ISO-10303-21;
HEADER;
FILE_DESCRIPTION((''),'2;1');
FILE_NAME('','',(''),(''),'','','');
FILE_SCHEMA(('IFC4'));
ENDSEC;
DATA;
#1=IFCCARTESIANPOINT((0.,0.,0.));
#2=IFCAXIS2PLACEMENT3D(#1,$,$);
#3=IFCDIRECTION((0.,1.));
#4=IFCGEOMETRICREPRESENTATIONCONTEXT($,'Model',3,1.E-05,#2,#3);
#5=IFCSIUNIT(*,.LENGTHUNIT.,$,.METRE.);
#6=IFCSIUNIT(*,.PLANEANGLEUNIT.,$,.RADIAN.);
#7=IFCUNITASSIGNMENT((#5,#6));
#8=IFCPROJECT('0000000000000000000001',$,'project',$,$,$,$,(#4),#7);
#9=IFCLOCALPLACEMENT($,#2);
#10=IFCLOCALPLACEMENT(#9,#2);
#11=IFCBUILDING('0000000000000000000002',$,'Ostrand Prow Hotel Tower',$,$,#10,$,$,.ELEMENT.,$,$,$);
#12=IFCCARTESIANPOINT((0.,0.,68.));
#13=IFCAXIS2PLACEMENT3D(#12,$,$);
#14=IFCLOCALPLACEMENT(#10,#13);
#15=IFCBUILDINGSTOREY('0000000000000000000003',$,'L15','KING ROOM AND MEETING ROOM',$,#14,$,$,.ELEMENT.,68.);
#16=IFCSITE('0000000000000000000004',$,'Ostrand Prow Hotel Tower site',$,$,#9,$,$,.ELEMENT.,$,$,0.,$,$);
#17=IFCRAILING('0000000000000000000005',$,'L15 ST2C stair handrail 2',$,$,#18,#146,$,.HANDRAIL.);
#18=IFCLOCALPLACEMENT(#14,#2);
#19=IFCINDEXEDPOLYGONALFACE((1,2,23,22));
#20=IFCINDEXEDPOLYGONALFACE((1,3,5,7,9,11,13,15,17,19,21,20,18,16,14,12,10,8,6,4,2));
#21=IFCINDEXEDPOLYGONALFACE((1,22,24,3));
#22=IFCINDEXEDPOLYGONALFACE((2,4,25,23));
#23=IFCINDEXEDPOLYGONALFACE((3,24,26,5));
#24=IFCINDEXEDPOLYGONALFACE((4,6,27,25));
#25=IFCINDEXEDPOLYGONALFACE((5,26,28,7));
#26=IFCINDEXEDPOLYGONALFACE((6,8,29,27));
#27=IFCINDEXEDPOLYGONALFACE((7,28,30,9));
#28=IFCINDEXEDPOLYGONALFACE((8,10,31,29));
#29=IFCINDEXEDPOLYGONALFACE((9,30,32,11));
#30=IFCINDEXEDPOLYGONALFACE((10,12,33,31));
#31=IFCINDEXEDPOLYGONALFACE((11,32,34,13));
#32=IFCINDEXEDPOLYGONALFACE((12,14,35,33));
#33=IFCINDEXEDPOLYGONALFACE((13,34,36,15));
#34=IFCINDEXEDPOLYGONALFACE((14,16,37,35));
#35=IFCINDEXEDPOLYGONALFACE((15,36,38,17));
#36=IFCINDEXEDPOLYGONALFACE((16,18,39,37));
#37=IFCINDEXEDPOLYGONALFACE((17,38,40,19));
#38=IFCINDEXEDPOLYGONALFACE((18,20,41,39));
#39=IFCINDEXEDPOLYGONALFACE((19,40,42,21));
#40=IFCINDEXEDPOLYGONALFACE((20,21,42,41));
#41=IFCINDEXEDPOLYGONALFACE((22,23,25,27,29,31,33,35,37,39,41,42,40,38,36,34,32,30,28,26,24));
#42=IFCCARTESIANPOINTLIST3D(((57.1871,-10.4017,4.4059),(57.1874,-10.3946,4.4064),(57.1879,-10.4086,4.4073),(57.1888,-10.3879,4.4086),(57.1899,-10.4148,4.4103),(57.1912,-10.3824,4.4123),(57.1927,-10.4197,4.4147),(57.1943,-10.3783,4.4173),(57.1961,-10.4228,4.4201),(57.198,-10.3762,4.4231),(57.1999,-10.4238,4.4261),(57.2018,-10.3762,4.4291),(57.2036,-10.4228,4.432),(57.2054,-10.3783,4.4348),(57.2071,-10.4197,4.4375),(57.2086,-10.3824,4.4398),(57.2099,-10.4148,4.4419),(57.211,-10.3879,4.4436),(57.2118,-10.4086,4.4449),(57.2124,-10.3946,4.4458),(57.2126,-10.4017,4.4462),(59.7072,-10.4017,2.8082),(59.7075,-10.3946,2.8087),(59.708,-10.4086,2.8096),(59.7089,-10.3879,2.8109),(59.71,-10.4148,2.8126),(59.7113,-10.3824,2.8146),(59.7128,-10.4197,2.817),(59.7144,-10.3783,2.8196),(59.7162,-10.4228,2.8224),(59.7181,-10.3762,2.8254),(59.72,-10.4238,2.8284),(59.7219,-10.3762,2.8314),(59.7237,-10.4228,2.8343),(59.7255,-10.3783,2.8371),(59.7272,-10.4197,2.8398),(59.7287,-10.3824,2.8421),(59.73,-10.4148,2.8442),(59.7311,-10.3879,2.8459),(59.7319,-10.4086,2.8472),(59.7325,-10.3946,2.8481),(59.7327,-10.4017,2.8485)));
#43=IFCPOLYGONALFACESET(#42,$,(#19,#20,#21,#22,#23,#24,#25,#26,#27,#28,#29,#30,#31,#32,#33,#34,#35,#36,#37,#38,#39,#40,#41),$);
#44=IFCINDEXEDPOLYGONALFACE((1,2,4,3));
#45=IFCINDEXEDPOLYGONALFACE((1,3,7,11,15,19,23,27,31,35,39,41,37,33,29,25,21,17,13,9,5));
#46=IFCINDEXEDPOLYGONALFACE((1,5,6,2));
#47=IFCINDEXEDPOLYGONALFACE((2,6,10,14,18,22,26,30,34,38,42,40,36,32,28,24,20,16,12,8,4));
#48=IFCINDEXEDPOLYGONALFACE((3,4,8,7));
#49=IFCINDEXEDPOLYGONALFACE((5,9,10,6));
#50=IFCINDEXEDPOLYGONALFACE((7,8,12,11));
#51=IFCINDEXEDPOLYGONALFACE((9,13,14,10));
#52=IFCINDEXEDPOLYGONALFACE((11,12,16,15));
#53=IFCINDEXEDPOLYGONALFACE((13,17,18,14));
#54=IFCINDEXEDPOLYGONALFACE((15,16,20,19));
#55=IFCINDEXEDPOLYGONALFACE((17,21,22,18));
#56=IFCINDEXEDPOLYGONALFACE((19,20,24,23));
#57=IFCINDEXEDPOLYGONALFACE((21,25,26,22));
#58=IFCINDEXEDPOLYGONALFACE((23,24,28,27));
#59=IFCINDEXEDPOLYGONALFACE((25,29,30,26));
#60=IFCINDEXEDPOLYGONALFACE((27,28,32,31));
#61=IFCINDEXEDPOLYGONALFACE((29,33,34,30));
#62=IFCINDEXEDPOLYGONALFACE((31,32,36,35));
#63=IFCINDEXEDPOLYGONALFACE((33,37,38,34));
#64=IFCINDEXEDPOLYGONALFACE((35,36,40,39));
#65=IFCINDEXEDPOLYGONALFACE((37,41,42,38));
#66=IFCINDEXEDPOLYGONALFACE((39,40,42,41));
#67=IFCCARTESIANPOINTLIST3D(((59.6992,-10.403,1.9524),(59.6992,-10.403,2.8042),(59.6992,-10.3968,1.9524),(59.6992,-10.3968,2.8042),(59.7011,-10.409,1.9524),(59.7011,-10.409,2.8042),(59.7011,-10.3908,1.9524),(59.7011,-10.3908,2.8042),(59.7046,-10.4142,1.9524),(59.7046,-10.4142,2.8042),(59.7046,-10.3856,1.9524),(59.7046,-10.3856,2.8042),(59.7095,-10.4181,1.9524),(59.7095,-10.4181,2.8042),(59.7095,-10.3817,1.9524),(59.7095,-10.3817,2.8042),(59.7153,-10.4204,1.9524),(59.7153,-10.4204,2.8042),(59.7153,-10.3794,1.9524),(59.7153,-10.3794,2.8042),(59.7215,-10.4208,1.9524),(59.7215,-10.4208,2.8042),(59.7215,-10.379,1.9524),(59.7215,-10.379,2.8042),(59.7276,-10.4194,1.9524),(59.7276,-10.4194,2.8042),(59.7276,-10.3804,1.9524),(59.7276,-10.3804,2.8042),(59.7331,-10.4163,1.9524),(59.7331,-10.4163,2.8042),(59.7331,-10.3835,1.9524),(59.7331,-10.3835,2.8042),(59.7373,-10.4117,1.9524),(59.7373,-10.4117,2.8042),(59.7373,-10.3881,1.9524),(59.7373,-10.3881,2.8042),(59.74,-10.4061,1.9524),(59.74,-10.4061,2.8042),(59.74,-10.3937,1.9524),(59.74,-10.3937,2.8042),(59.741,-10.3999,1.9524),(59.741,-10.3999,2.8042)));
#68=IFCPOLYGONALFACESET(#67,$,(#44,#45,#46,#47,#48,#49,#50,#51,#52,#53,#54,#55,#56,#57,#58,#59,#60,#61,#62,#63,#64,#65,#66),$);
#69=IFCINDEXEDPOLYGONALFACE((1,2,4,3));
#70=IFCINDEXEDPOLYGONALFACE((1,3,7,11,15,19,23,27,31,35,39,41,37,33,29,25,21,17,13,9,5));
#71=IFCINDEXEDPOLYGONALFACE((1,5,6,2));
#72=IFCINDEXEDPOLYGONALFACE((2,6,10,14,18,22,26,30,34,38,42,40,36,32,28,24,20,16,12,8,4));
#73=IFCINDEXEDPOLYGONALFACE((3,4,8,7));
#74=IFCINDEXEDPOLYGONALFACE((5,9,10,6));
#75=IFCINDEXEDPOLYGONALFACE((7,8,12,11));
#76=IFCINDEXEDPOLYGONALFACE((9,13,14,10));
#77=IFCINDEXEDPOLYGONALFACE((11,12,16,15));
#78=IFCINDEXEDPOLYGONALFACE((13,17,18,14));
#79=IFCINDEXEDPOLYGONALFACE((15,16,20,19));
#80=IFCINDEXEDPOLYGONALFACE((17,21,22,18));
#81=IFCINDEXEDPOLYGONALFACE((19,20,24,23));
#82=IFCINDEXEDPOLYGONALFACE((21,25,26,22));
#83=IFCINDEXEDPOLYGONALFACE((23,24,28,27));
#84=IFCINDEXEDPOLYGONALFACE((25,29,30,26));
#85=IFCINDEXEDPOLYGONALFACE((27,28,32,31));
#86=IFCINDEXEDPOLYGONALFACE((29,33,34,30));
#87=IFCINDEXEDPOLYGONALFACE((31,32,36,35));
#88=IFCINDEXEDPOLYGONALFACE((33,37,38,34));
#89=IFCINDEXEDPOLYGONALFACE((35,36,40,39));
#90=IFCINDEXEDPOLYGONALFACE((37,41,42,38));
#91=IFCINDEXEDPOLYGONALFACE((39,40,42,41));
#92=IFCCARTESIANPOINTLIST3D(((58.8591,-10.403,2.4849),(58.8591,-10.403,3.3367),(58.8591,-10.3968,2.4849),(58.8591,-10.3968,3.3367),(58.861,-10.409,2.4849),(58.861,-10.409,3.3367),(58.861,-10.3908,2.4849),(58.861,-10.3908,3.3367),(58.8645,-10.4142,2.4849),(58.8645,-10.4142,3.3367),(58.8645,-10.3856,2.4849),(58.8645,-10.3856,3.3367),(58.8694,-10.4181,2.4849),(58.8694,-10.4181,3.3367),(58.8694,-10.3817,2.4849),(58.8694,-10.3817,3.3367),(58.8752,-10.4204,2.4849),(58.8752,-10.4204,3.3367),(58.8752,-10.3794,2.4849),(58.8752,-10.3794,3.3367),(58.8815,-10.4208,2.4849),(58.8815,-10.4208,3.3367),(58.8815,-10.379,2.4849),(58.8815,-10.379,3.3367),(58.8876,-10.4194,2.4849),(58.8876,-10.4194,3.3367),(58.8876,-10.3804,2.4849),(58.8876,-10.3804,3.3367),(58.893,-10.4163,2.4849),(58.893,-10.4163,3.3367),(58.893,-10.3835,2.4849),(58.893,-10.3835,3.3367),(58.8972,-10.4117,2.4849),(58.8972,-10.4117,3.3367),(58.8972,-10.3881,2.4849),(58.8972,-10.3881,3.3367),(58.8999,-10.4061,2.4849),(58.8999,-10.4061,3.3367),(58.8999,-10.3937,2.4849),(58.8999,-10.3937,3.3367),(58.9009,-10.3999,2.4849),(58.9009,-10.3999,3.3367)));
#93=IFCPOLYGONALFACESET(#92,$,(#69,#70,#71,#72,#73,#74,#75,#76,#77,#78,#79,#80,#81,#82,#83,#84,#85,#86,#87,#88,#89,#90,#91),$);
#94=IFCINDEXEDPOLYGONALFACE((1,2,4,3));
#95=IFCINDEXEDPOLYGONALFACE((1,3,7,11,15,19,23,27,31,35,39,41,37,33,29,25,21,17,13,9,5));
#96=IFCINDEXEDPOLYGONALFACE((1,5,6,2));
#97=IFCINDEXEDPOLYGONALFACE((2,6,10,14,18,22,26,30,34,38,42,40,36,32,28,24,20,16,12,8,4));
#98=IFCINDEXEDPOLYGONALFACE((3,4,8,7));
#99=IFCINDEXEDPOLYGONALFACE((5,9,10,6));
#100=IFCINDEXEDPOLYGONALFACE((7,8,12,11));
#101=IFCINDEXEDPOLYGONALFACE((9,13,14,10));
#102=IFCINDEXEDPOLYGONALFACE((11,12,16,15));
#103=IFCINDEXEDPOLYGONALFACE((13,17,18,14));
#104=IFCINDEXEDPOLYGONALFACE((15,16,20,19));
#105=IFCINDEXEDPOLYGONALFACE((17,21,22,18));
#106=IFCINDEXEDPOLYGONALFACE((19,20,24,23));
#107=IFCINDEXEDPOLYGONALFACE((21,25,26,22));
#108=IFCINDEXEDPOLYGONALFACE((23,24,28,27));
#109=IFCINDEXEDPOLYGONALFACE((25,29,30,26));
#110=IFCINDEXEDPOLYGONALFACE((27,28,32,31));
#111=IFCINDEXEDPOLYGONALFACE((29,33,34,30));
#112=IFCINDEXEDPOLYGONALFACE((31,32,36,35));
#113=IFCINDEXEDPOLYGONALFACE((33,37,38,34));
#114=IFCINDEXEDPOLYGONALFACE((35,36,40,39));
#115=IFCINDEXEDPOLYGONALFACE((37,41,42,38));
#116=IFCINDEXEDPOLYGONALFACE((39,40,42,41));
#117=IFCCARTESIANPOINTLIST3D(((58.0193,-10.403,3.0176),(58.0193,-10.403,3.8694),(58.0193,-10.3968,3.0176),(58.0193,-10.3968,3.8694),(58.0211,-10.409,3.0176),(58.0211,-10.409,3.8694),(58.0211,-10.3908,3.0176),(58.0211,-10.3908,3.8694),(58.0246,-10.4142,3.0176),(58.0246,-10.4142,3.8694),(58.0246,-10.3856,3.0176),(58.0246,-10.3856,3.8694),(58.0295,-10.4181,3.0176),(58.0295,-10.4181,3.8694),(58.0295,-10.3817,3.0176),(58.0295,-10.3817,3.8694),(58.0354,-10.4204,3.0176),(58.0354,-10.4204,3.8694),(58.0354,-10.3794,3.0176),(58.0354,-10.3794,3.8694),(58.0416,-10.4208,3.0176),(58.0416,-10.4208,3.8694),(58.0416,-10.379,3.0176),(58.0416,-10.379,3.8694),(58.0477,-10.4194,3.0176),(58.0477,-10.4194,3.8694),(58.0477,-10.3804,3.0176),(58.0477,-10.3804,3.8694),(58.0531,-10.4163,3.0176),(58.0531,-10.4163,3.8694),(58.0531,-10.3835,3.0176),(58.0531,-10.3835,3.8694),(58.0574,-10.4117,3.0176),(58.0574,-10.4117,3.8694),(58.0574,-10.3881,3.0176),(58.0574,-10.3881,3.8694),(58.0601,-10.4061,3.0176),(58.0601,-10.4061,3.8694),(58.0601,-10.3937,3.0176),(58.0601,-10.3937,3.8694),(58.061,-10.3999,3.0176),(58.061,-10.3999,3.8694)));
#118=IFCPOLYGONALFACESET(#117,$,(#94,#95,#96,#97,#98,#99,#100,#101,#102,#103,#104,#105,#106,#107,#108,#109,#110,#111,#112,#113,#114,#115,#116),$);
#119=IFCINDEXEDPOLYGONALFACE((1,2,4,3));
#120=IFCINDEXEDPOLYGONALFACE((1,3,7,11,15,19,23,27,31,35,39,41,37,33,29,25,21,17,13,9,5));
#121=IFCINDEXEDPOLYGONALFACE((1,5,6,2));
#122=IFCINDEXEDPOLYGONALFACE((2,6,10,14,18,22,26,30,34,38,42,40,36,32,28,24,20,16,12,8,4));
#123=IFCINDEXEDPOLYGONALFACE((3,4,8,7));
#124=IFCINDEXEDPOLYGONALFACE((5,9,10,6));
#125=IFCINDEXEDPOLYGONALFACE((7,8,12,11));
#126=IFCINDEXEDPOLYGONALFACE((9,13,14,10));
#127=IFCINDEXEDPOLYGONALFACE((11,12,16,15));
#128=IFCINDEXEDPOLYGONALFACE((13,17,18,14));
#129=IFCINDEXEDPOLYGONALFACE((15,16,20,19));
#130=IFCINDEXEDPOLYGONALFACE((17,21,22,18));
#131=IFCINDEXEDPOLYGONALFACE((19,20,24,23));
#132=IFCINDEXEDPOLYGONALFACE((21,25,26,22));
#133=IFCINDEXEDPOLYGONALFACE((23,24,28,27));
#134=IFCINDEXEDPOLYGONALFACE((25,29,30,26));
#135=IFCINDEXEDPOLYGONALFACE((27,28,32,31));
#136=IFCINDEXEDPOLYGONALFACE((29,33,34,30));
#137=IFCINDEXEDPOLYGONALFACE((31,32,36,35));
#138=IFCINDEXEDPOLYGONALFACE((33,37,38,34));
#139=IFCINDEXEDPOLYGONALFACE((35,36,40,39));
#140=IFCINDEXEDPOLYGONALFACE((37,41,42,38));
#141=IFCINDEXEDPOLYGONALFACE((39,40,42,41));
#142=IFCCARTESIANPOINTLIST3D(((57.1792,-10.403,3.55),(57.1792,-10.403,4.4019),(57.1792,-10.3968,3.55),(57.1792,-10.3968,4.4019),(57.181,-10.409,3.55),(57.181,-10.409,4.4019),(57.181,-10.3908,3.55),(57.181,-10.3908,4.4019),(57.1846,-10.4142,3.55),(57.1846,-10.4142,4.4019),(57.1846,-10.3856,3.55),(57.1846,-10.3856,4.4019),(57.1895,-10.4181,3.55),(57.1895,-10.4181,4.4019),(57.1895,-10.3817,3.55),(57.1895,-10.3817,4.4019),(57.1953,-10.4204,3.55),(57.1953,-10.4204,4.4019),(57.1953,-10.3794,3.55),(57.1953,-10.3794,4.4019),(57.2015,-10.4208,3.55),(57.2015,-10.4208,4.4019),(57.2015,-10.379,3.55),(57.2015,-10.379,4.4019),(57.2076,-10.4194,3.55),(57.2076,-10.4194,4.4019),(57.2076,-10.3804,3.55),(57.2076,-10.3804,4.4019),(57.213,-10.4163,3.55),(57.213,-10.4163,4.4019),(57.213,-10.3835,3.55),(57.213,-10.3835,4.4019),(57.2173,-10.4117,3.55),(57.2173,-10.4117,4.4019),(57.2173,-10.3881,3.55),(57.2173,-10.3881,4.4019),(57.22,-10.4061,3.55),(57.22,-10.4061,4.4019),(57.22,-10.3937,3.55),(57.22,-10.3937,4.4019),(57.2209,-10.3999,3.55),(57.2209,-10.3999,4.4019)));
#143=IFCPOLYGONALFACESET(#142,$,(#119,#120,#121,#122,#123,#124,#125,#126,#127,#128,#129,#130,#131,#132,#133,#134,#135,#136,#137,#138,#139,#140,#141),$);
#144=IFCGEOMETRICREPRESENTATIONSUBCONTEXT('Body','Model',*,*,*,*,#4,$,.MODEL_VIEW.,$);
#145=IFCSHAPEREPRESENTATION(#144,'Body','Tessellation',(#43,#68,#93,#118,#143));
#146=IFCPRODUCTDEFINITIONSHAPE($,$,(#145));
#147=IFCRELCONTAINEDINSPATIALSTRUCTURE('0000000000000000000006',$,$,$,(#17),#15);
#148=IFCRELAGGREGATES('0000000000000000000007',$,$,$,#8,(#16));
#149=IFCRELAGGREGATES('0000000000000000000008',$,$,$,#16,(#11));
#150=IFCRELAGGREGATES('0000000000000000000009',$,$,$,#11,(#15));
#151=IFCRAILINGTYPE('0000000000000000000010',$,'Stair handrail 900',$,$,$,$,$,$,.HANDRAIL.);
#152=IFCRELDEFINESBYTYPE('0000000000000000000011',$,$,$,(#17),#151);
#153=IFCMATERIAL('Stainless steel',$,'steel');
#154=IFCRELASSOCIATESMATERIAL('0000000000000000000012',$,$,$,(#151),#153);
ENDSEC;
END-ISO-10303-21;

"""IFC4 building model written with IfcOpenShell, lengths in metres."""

from ifc_helpers import new_model, si_unit, direction, frame, origin, origin_2d, place, context, subcontext, project, spatial, circle, extrude, material, type_object, element, save


model = new_model("IFC4")

# Units and contexts
model_context = context("Model", 3, precision=1e-05, world=origin(), true_north=direction((0.0, 1.0)))
body_context = subcontext(model_context, "Body", "Model", "MODEL_VIEW")
ifc_project = project(units=[si_unit("LENGTHUNIT", "METRE"), si_unit("PLANEANGLEUNIT", "RADIAN")], contexts=[model_context])

# Site, building, storey
site_placement = place(None, origin())
site = spatial("IfcSite", under=ifc_project, at=site_placement, Name="Ostrand Prow Hotel Tower site", CompositionType="ELEMENT", RefElevation=0.0)
building_placement = place(site_placement, origin())
building = spatial("IfcBuilding", under=site, at=building_placement, Name="Ostrand Prow Hotel Tower", CompositionType="ELEMENT")
storey_placement = place(building_placement, frame((0.0, 0.0, 68.0)))
storey = spatial("IfcBuildingStorey", under=building, at=storey_placement, Name="L15", Description="KING ROOM AND MEETING ROOM", CompositionType="ELEMENT", Elevation=68.0)

# Railing
ifc_material_1 = material(Name="Stainless steel", Category="steel")
railing_type_1 = type_object("IfcRailingType", Name="Stair handrail 900", PredefinedType="HANDRAIL", material=ifc_material_1)
railing_1_placement = place(storey_placement, frame((59.72, -10.3999, 1.9524)))
element("IfcRailing", 1, at=railing_1_placement, inside=storey, type_object=railing_type_1, Name="L15 ST2C stair handrail 2", PredefinedType="HANDRAIL", context=body_context, shape_type="SweptSolid", body=[
    extrude(circle(Radius=0.0239, at=origin_2d()), frame((0.0, 0.0, 0.876), z_axis=(-0.84457, 0.0, 0.535445), x_axis=(0.0, -1.0, 0.0)), (0.0, 0.0, 1.0), 2.9839),
    extrude(circle(Radius=0.021, at=origin_2d()), origin(), (0.0, 0.0, 1.0), 0.8518),
    extrude(circle(Radius=0.021, at=origin_2d()), frame((-0.8401, 0.0, 0.5325)), (0.0, 0.0, 1.0), 0.8518),
    extrude(circle(Radius=0.021, at=origin_2d()), frame((-1.6799, 0.0, 1.0652)), (0.0, 0.0, 1.0), 0.8518),
    extrude(circle(Radius=0.021, at=origin_2d()), frame((-2.52, 0.0, 1.5977)), (0.0, 0.0, 1.0), 0.8518),
])

save(model, "model.ifc")
